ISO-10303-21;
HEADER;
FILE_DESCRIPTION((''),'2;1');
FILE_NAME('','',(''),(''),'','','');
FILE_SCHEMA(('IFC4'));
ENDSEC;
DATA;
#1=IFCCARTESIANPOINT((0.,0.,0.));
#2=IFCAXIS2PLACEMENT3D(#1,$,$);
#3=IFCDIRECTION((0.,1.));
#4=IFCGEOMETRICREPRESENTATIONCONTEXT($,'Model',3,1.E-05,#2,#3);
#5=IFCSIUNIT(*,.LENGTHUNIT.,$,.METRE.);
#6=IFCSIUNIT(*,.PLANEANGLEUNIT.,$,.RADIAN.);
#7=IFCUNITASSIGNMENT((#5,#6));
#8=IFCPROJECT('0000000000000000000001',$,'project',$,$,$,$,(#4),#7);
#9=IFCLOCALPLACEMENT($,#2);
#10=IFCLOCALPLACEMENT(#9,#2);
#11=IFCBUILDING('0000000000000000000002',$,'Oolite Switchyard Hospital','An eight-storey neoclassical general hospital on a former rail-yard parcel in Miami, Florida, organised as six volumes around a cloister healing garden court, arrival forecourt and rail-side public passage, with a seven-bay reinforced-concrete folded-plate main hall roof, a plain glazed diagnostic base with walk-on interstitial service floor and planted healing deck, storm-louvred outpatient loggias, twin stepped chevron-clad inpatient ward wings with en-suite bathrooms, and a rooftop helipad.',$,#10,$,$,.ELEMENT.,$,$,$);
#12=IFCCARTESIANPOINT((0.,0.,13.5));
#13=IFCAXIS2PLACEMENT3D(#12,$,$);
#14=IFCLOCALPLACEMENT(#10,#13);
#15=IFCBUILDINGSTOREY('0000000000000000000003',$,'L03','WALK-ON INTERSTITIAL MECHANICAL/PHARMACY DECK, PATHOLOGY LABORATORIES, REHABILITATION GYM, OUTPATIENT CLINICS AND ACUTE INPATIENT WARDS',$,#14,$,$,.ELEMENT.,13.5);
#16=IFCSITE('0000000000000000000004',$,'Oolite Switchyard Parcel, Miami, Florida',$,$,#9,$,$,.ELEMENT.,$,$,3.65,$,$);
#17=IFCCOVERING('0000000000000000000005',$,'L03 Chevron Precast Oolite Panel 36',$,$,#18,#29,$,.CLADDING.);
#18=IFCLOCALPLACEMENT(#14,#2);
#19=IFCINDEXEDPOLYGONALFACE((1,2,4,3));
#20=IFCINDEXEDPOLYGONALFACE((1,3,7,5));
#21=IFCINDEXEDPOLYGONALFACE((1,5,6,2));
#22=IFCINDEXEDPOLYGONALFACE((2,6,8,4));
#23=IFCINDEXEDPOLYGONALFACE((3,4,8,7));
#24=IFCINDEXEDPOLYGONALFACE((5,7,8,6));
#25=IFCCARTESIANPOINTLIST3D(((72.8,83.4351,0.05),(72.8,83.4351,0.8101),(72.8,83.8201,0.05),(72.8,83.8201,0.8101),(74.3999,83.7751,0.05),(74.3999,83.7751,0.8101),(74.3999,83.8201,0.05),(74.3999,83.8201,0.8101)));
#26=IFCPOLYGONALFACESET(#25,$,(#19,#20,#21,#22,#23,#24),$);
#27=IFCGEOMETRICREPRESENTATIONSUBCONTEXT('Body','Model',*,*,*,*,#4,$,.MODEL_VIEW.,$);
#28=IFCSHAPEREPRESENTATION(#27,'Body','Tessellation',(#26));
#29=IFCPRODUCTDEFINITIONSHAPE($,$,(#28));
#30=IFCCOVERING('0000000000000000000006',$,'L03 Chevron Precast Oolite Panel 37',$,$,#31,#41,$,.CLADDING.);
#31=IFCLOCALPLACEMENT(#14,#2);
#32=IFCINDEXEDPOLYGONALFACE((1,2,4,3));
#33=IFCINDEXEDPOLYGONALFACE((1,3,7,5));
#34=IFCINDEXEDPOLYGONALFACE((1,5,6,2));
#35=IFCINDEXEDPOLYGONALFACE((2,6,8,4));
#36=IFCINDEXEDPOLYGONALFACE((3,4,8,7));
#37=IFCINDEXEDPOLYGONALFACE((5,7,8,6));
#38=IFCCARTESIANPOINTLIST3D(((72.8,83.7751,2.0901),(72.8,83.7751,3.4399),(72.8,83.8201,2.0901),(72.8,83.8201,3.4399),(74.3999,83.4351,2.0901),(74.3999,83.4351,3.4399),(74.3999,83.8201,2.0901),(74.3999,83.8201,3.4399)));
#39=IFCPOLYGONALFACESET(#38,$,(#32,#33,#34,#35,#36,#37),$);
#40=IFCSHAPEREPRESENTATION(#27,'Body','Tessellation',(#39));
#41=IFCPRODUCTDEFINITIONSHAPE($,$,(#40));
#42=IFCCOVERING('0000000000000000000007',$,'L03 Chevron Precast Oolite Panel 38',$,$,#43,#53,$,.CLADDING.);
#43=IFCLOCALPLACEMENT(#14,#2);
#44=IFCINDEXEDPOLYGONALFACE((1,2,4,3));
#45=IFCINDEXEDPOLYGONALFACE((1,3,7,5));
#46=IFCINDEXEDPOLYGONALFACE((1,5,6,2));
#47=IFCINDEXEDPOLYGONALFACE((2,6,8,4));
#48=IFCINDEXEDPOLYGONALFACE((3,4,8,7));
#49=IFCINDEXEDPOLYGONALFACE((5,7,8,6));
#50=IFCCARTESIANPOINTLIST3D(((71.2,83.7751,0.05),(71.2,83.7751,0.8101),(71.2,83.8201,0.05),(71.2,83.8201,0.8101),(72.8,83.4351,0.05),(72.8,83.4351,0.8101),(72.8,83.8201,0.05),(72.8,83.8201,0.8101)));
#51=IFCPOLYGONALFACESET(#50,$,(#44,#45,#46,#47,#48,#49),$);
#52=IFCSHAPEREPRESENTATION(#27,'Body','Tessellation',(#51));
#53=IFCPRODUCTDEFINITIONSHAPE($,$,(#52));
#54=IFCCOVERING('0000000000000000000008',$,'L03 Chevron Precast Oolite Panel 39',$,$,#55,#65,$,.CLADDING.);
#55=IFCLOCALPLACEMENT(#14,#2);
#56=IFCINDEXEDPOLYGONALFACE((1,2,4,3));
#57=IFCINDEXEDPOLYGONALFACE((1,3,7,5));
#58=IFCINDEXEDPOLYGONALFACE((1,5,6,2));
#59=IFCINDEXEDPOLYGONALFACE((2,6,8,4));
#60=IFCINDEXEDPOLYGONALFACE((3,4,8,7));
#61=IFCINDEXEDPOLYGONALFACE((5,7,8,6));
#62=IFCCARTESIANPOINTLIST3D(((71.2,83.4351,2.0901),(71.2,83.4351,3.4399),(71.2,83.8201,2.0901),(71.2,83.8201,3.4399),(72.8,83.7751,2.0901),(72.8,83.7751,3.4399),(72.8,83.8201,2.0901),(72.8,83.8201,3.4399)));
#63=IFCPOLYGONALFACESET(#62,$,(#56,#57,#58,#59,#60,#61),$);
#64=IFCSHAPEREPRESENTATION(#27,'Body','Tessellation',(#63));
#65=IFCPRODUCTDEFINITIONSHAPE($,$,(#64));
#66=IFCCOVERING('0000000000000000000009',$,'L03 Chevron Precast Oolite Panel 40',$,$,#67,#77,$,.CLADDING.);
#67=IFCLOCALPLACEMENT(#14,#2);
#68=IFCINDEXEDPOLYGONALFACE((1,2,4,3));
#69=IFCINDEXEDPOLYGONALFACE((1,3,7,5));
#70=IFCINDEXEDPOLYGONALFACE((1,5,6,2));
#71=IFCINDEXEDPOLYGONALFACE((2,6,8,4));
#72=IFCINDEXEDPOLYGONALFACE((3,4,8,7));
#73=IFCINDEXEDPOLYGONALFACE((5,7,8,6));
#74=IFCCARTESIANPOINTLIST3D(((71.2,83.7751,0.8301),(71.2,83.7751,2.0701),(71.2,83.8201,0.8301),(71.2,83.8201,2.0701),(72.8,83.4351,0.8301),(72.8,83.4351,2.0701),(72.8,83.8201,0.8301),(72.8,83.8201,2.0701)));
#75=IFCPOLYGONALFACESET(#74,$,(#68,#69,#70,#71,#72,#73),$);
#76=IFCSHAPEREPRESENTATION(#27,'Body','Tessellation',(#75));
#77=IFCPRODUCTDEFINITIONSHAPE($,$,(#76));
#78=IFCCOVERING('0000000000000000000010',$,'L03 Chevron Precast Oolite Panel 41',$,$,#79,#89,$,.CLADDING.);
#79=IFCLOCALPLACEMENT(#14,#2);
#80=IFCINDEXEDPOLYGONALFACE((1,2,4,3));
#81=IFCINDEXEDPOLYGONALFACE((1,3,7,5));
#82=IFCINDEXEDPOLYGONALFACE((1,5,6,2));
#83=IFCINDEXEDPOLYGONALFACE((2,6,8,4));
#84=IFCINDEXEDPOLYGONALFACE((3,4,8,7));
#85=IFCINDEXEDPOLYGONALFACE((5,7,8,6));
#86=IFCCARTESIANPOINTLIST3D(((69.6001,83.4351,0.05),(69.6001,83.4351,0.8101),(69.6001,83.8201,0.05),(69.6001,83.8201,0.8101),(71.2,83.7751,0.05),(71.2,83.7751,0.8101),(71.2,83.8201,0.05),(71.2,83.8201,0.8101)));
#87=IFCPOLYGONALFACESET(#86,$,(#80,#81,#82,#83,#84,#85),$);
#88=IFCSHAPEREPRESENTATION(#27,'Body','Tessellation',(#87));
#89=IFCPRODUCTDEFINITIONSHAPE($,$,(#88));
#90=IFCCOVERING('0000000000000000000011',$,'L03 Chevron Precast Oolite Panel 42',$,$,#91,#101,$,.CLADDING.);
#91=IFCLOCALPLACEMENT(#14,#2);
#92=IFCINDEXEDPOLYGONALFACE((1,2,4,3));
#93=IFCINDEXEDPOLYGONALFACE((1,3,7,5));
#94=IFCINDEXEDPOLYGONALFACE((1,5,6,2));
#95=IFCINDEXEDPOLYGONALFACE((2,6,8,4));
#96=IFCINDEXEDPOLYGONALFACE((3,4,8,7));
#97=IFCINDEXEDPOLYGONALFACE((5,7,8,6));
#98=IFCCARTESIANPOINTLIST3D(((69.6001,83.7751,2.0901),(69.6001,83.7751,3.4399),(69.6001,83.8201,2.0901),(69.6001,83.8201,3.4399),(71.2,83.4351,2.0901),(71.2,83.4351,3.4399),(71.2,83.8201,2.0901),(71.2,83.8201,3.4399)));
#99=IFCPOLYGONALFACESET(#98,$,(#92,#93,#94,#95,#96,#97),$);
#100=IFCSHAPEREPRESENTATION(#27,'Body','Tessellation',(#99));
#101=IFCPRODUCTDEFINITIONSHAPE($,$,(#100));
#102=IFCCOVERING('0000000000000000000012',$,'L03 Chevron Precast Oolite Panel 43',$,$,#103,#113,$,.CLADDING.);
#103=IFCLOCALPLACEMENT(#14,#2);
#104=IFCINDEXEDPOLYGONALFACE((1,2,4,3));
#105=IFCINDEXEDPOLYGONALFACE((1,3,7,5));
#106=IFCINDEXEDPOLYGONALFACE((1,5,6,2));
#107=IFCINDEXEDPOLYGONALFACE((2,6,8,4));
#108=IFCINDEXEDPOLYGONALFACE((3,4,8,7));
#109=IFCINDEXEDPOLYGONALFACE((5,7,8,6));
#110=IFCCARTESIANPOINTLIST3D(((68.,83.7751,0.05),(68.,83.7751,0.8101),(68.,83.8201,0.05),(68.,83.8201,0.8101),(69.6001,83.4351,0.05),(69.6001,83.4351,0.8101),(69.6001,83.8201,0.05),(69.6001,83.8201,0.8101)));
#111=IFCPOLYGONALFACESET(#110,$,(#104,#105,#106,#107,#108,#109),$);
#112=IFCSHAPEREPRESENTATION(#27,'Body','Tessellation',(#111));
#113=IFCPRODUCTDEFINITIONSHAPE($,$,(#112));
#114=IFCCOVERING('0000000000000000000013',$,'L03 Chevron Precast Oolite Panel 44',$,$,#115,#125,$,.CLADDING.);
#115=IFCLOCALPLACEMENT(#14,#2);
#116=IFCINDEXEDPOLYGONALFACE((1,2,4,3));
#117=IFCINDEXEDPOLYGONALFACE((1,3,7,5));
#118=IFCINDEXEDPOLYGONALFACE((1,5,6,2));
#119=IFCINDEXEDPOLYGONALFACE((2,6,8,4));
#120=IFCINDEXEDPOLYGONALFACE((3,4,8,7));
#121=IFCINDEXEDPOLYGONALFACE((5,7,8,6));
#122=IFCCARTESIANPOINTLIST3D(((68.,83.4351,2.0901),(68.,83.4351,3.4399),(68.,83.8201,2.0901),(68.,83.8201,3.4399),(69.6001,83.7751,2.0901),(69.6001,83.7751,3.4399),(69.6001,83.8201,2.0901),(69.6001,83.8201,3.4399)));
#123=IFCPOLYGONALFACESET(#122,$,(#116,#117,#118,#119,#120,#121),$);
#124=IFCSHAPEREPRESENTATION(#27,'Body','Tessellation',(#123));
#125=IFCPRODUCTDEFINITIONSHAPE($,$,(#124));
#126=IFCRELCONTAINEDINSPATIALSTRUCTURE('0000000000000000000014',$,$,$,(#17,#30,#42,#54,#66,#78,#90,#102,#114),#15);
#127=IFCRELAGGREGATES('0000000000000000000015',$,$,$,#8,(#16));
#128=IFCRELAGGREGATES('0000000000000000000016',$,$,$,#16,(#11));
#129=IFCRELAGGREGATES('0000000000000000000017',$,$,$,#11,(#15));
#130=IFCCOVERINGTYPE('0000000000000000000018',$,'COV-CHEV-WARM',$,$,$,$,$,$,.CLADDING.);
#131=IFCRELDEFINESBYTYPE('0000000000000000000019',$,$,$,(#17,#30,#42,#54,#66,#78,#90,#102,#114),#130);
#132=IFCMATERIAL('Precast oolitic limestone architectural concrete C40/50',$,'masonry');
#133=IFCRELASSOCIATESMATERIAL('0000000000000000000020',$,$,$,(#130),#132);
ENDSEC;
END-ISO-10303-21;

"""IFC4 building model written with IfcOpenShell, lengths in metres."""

from ifc_helpers import new_model, si_unit, direction, frame, origin, place, context, subcontext, project, spatial, polyline, outline, extrude, material, type_object, element, save


model = new_model("IFC4")

# Units and contexts
model_context = context("Model", 3, precision=1e-05, world=origin(), true_north=direction((0.0, 1.0)))
body_context = subcontext(model_context, "Body", "Model", "MODEL_VIEW")
ifc_project = project(units=[si_unit("LENGTHUNIT", "METRE"), si_unit("PLANEANGLEUNIT", "RADIAN")], contexts=[model_context])

# Site, building, storey
site_placement = place(None, origin())
site = spatial("IfcSite", under=ifc_project, at=site_placement, Name="Oolite Switchyard Parcel, Miami, Florida", CompositionType="ELEMENT", RefElevation=3.65)
building_placement = place(site_placement, origin())
building = spatial("IfcBuilding", under=site, at=building_placement, Name="Oolite Switchyard Hospital", Description="An eight-storey neoclassical general hospital on a former rail-yard parcel in Miami, Florida, organised as six volumes around a cloister healing garden court, arrival forecourt and rail-side public passage, with a seven-bay reinforced-concrete folded-plate main hall roof, a plain glazed diagnostic base with walk-on interstitial service floor and planted healing deck, storm-louvred outpatient loggias, twin stepped chevron-clad inpatient ward wings with en-suite bathrooms, and a rooftop helipad.", CompositionType="ELEMENT")
storey_placement = place(building_placement, frame((0.0, 0.0, 13.5)))
storey = spatial("IfcBuildingStorey", under=building, at=storey_placement, Name="L03", Description="WALK-ON INTERSTITIAL MECHANICAL/PHARMACY DECK, PATHOLOGY LABORATORIES, REHABILITATION GYM, OUTPATIENT CLINICS AND ACUTE INPATIENT WARDS", CompositionType="ELEMENT", Elevation=13.5)

# Shared definitions
ifc_material_1 = material(Name="Precast oolitic limestone architectural concrete C40/50", Category="masonry")

# Coverings
covering_type = type_object("IfcCoveringType", Name="COV-CHEV-WARM", PredefinedType="CLADDING", material=ifc_material_1)
covering_1_placement = place(storey_placement, frame((74.3999, 83.8201, 0.05), z_axis=(0.0, 0.0, 1.0), x_axis=(-1.0, 0.0, 0.0)))
element("IfcCovering", 1, at=covering_1_placement, inside=storey, type_object=covering_type, Name="L03 Chevron Precast Oolite Panel 36", PredefinedType="CLADDING", context=body_context, shape_type="SweptSolid", body=[
    extrude(outline(polyline([(0.0, 0.0), (1.5999, 0.0), (1.5999, 0.385), (0.0, 0.0449), (0.0, 0.0)])), origin(), (0.0, 0.0, 1.0), 0.76),
])
covering_2_placement = place(storey_placement, frame((74.3999, 83.8201, 2.0901), z_axis=(0.0, 0.0, 1.0), x_axis=(-1.0, 0.0, 0.0)))
element("IfcCovering", 2, at=covering_2_placement, inside=storey, type_object=covering_type, Name="L03 Chevron Precast Oolite Panel 37", PredefinedType="CLADDING", context=body_context, shape_type="SweptSolid", body=[
    extrude(outline(polyline([(0.0, 0.0), (1.5999, 0.0), (1.5999, 0.0449), (0.0, 0.385), (0.0, 0.0)])), origin(), (0.0, 0.0, 1.0), 1.3499),
])
covering_3_placement = place(storey_placement, frame((72.8, 83.8201, 0.05), z_axis=(0.0, 0.0, 1.0), x_axis=(-1.0, 0.0, 0.0)))
element("IfcCovering", 3, at=covering_3_placement, inside=storey, type_object=covering_type, Name="L03 Chevron Precast Oolite Panel 38", PredefinedType="CLADDING", context=body_context, shape_type="SweptSolid", body=[
    extrude(outline(polyline([(0.0, 0.0), (1.6001, 0.0), (1.6001, 0.0449), (0.0, 0.385), (0.0, 0.0)])), origin(), (0.0, 0.0, 1.0), 0.76),
])
covering_4_placement = place(storey_placement, frame((72.8, 83.8201, 2.0901), z_axis=(0.0, 0.0, 1.0), x_axis=(-1.0, 0.0, 0.0)))
element("IfcCovering", 4, at=covering_4_placement, inside=storey, type_object=covering_type, Name="L03 Chevron Precast Oolite Panel 39", PredefinedType="CLADDING", context=body_context, shape_type="SweptSolid", body=[
    extrude(outline(polyline([(0.0, 0.0), (1.6001, 0.0), (1.6001, 0.385), (0.0, 0.0449), (0.0, 0.0)])), origin(), (0.0, 0.0, 1.0), 1.3499),
])
covering_5_placement = place(storey_placement, frame((72.8, 83.8201, 0.8301), z_axis=(0.0, 0.0, 1.0), x_axis=(-1.0, 0.0, 0.0)))
element("IfcCovering", 5, at=covering_5_placement, inside=storey, type_object=covering_type, Name="L03 Chevron Precast Oolite Panel 40", PredefinedType="CLADDING", context=body_context, shape_type="SweptSolid", body=[
    extrude(outline(polyline([(0.0, 0.0), (1.6001, 0.0), (1.6001, 0.0449), (0.0, 0.385), (0.0, 0.0)])), origin(), (0.0, 0.0, 1.0), 1.24),
])
covering_6_placement = place(storey_placement, frame((71.2, 83.8201, 0.05), z_axis=(0.0, 0.0, 1.0), x_axis=(-1.0, 0.0, 0.0)))
element("IfcCovering", 6, at=covering_6_placement, inside=storey, type_object=covering_type, Name="L03 Chevron Precast Oolite Panel 41", PredefinedType="CLADDING", context=body_context, shape_type="SweptSolid", body=[
    extrude(outline(polyline([(0.0, 0.0), (1.5999, 0.0), (1.5999, 0.385), (0.0, 0.0449), (0.0, 0.0)])), origin(), (0.0, 0.0, 1.0), 0.76),
])
covering_7_placement = place(storey_placement, frame((71.2, 83.8201, 2.0901), z_axis=(0.0, 0.0, 1.0), x_axis=(-1.0, 0.0, 0.0)))
element("IfcCovering", 7, at=covering_7_placement, inside=storey, type_object=covering_type, Name="L03 Chevron Precast Oolite Panel 42", PredefinedType="CLADDING", context=body_context, shape_type="SweptSolid", body=[
    extrude(outline(polyline([(0.0, 0.0), (1.5999, 0.0), (1.5999, 0.0449), (0.0, 0.385), (0.0, 0.0)])), origin(), (0.0, 0.0, 1.0), 1.3499),
])
covering_8_placement = place(storey_placement, frame((69.6001, 83.8201, 0.05), z_axis=(0.0, 0.0, 1.0), x_axis=(-1.0, 0.0, 0.0)))
element("IfcCovering", 8, at=covering_8_placement, inside=storey, type_object=covering_type, Name="L03 Chevron Precast Oolite Panel 43", PredefinedType="CLADDING", context=body_context, shape_type="SweptSolid", body=[
    extrude(outline(polyline([(0.0, 0.0), (1.6001, 0.0), (1.6001, 0.0449), (0.0, 0.385), (0.0, 0.0)])), origin(), (0.0, 0.0, 1.0), 0.76),
])
covering_9_placement = place(storey_placement, frame((69.6001, 83.8201, 2.0901), z_axis=(0.0, 0.0, 1.0), x_axis=(-1.0, 0.0, 0.0)))
element("IfcCovering", 9, at=covering_9_placement, inside=storey, type_object=covering_type, Name="L03 Chevron Precast Oolite Panel 44", PredefinedType="CLADDING", context=body_context, shape_type="SweptSolid", body=[
    extrude(outline(polyline([(0.0, 0.0), (1.6001, 0.0), (1.6001, 0.385), (0.0, 0.0449), (0.0, 0.0)])), origin(), (0.0, 0.0, 1.0), 1.3499),
])

save(model, "model.ifc")
